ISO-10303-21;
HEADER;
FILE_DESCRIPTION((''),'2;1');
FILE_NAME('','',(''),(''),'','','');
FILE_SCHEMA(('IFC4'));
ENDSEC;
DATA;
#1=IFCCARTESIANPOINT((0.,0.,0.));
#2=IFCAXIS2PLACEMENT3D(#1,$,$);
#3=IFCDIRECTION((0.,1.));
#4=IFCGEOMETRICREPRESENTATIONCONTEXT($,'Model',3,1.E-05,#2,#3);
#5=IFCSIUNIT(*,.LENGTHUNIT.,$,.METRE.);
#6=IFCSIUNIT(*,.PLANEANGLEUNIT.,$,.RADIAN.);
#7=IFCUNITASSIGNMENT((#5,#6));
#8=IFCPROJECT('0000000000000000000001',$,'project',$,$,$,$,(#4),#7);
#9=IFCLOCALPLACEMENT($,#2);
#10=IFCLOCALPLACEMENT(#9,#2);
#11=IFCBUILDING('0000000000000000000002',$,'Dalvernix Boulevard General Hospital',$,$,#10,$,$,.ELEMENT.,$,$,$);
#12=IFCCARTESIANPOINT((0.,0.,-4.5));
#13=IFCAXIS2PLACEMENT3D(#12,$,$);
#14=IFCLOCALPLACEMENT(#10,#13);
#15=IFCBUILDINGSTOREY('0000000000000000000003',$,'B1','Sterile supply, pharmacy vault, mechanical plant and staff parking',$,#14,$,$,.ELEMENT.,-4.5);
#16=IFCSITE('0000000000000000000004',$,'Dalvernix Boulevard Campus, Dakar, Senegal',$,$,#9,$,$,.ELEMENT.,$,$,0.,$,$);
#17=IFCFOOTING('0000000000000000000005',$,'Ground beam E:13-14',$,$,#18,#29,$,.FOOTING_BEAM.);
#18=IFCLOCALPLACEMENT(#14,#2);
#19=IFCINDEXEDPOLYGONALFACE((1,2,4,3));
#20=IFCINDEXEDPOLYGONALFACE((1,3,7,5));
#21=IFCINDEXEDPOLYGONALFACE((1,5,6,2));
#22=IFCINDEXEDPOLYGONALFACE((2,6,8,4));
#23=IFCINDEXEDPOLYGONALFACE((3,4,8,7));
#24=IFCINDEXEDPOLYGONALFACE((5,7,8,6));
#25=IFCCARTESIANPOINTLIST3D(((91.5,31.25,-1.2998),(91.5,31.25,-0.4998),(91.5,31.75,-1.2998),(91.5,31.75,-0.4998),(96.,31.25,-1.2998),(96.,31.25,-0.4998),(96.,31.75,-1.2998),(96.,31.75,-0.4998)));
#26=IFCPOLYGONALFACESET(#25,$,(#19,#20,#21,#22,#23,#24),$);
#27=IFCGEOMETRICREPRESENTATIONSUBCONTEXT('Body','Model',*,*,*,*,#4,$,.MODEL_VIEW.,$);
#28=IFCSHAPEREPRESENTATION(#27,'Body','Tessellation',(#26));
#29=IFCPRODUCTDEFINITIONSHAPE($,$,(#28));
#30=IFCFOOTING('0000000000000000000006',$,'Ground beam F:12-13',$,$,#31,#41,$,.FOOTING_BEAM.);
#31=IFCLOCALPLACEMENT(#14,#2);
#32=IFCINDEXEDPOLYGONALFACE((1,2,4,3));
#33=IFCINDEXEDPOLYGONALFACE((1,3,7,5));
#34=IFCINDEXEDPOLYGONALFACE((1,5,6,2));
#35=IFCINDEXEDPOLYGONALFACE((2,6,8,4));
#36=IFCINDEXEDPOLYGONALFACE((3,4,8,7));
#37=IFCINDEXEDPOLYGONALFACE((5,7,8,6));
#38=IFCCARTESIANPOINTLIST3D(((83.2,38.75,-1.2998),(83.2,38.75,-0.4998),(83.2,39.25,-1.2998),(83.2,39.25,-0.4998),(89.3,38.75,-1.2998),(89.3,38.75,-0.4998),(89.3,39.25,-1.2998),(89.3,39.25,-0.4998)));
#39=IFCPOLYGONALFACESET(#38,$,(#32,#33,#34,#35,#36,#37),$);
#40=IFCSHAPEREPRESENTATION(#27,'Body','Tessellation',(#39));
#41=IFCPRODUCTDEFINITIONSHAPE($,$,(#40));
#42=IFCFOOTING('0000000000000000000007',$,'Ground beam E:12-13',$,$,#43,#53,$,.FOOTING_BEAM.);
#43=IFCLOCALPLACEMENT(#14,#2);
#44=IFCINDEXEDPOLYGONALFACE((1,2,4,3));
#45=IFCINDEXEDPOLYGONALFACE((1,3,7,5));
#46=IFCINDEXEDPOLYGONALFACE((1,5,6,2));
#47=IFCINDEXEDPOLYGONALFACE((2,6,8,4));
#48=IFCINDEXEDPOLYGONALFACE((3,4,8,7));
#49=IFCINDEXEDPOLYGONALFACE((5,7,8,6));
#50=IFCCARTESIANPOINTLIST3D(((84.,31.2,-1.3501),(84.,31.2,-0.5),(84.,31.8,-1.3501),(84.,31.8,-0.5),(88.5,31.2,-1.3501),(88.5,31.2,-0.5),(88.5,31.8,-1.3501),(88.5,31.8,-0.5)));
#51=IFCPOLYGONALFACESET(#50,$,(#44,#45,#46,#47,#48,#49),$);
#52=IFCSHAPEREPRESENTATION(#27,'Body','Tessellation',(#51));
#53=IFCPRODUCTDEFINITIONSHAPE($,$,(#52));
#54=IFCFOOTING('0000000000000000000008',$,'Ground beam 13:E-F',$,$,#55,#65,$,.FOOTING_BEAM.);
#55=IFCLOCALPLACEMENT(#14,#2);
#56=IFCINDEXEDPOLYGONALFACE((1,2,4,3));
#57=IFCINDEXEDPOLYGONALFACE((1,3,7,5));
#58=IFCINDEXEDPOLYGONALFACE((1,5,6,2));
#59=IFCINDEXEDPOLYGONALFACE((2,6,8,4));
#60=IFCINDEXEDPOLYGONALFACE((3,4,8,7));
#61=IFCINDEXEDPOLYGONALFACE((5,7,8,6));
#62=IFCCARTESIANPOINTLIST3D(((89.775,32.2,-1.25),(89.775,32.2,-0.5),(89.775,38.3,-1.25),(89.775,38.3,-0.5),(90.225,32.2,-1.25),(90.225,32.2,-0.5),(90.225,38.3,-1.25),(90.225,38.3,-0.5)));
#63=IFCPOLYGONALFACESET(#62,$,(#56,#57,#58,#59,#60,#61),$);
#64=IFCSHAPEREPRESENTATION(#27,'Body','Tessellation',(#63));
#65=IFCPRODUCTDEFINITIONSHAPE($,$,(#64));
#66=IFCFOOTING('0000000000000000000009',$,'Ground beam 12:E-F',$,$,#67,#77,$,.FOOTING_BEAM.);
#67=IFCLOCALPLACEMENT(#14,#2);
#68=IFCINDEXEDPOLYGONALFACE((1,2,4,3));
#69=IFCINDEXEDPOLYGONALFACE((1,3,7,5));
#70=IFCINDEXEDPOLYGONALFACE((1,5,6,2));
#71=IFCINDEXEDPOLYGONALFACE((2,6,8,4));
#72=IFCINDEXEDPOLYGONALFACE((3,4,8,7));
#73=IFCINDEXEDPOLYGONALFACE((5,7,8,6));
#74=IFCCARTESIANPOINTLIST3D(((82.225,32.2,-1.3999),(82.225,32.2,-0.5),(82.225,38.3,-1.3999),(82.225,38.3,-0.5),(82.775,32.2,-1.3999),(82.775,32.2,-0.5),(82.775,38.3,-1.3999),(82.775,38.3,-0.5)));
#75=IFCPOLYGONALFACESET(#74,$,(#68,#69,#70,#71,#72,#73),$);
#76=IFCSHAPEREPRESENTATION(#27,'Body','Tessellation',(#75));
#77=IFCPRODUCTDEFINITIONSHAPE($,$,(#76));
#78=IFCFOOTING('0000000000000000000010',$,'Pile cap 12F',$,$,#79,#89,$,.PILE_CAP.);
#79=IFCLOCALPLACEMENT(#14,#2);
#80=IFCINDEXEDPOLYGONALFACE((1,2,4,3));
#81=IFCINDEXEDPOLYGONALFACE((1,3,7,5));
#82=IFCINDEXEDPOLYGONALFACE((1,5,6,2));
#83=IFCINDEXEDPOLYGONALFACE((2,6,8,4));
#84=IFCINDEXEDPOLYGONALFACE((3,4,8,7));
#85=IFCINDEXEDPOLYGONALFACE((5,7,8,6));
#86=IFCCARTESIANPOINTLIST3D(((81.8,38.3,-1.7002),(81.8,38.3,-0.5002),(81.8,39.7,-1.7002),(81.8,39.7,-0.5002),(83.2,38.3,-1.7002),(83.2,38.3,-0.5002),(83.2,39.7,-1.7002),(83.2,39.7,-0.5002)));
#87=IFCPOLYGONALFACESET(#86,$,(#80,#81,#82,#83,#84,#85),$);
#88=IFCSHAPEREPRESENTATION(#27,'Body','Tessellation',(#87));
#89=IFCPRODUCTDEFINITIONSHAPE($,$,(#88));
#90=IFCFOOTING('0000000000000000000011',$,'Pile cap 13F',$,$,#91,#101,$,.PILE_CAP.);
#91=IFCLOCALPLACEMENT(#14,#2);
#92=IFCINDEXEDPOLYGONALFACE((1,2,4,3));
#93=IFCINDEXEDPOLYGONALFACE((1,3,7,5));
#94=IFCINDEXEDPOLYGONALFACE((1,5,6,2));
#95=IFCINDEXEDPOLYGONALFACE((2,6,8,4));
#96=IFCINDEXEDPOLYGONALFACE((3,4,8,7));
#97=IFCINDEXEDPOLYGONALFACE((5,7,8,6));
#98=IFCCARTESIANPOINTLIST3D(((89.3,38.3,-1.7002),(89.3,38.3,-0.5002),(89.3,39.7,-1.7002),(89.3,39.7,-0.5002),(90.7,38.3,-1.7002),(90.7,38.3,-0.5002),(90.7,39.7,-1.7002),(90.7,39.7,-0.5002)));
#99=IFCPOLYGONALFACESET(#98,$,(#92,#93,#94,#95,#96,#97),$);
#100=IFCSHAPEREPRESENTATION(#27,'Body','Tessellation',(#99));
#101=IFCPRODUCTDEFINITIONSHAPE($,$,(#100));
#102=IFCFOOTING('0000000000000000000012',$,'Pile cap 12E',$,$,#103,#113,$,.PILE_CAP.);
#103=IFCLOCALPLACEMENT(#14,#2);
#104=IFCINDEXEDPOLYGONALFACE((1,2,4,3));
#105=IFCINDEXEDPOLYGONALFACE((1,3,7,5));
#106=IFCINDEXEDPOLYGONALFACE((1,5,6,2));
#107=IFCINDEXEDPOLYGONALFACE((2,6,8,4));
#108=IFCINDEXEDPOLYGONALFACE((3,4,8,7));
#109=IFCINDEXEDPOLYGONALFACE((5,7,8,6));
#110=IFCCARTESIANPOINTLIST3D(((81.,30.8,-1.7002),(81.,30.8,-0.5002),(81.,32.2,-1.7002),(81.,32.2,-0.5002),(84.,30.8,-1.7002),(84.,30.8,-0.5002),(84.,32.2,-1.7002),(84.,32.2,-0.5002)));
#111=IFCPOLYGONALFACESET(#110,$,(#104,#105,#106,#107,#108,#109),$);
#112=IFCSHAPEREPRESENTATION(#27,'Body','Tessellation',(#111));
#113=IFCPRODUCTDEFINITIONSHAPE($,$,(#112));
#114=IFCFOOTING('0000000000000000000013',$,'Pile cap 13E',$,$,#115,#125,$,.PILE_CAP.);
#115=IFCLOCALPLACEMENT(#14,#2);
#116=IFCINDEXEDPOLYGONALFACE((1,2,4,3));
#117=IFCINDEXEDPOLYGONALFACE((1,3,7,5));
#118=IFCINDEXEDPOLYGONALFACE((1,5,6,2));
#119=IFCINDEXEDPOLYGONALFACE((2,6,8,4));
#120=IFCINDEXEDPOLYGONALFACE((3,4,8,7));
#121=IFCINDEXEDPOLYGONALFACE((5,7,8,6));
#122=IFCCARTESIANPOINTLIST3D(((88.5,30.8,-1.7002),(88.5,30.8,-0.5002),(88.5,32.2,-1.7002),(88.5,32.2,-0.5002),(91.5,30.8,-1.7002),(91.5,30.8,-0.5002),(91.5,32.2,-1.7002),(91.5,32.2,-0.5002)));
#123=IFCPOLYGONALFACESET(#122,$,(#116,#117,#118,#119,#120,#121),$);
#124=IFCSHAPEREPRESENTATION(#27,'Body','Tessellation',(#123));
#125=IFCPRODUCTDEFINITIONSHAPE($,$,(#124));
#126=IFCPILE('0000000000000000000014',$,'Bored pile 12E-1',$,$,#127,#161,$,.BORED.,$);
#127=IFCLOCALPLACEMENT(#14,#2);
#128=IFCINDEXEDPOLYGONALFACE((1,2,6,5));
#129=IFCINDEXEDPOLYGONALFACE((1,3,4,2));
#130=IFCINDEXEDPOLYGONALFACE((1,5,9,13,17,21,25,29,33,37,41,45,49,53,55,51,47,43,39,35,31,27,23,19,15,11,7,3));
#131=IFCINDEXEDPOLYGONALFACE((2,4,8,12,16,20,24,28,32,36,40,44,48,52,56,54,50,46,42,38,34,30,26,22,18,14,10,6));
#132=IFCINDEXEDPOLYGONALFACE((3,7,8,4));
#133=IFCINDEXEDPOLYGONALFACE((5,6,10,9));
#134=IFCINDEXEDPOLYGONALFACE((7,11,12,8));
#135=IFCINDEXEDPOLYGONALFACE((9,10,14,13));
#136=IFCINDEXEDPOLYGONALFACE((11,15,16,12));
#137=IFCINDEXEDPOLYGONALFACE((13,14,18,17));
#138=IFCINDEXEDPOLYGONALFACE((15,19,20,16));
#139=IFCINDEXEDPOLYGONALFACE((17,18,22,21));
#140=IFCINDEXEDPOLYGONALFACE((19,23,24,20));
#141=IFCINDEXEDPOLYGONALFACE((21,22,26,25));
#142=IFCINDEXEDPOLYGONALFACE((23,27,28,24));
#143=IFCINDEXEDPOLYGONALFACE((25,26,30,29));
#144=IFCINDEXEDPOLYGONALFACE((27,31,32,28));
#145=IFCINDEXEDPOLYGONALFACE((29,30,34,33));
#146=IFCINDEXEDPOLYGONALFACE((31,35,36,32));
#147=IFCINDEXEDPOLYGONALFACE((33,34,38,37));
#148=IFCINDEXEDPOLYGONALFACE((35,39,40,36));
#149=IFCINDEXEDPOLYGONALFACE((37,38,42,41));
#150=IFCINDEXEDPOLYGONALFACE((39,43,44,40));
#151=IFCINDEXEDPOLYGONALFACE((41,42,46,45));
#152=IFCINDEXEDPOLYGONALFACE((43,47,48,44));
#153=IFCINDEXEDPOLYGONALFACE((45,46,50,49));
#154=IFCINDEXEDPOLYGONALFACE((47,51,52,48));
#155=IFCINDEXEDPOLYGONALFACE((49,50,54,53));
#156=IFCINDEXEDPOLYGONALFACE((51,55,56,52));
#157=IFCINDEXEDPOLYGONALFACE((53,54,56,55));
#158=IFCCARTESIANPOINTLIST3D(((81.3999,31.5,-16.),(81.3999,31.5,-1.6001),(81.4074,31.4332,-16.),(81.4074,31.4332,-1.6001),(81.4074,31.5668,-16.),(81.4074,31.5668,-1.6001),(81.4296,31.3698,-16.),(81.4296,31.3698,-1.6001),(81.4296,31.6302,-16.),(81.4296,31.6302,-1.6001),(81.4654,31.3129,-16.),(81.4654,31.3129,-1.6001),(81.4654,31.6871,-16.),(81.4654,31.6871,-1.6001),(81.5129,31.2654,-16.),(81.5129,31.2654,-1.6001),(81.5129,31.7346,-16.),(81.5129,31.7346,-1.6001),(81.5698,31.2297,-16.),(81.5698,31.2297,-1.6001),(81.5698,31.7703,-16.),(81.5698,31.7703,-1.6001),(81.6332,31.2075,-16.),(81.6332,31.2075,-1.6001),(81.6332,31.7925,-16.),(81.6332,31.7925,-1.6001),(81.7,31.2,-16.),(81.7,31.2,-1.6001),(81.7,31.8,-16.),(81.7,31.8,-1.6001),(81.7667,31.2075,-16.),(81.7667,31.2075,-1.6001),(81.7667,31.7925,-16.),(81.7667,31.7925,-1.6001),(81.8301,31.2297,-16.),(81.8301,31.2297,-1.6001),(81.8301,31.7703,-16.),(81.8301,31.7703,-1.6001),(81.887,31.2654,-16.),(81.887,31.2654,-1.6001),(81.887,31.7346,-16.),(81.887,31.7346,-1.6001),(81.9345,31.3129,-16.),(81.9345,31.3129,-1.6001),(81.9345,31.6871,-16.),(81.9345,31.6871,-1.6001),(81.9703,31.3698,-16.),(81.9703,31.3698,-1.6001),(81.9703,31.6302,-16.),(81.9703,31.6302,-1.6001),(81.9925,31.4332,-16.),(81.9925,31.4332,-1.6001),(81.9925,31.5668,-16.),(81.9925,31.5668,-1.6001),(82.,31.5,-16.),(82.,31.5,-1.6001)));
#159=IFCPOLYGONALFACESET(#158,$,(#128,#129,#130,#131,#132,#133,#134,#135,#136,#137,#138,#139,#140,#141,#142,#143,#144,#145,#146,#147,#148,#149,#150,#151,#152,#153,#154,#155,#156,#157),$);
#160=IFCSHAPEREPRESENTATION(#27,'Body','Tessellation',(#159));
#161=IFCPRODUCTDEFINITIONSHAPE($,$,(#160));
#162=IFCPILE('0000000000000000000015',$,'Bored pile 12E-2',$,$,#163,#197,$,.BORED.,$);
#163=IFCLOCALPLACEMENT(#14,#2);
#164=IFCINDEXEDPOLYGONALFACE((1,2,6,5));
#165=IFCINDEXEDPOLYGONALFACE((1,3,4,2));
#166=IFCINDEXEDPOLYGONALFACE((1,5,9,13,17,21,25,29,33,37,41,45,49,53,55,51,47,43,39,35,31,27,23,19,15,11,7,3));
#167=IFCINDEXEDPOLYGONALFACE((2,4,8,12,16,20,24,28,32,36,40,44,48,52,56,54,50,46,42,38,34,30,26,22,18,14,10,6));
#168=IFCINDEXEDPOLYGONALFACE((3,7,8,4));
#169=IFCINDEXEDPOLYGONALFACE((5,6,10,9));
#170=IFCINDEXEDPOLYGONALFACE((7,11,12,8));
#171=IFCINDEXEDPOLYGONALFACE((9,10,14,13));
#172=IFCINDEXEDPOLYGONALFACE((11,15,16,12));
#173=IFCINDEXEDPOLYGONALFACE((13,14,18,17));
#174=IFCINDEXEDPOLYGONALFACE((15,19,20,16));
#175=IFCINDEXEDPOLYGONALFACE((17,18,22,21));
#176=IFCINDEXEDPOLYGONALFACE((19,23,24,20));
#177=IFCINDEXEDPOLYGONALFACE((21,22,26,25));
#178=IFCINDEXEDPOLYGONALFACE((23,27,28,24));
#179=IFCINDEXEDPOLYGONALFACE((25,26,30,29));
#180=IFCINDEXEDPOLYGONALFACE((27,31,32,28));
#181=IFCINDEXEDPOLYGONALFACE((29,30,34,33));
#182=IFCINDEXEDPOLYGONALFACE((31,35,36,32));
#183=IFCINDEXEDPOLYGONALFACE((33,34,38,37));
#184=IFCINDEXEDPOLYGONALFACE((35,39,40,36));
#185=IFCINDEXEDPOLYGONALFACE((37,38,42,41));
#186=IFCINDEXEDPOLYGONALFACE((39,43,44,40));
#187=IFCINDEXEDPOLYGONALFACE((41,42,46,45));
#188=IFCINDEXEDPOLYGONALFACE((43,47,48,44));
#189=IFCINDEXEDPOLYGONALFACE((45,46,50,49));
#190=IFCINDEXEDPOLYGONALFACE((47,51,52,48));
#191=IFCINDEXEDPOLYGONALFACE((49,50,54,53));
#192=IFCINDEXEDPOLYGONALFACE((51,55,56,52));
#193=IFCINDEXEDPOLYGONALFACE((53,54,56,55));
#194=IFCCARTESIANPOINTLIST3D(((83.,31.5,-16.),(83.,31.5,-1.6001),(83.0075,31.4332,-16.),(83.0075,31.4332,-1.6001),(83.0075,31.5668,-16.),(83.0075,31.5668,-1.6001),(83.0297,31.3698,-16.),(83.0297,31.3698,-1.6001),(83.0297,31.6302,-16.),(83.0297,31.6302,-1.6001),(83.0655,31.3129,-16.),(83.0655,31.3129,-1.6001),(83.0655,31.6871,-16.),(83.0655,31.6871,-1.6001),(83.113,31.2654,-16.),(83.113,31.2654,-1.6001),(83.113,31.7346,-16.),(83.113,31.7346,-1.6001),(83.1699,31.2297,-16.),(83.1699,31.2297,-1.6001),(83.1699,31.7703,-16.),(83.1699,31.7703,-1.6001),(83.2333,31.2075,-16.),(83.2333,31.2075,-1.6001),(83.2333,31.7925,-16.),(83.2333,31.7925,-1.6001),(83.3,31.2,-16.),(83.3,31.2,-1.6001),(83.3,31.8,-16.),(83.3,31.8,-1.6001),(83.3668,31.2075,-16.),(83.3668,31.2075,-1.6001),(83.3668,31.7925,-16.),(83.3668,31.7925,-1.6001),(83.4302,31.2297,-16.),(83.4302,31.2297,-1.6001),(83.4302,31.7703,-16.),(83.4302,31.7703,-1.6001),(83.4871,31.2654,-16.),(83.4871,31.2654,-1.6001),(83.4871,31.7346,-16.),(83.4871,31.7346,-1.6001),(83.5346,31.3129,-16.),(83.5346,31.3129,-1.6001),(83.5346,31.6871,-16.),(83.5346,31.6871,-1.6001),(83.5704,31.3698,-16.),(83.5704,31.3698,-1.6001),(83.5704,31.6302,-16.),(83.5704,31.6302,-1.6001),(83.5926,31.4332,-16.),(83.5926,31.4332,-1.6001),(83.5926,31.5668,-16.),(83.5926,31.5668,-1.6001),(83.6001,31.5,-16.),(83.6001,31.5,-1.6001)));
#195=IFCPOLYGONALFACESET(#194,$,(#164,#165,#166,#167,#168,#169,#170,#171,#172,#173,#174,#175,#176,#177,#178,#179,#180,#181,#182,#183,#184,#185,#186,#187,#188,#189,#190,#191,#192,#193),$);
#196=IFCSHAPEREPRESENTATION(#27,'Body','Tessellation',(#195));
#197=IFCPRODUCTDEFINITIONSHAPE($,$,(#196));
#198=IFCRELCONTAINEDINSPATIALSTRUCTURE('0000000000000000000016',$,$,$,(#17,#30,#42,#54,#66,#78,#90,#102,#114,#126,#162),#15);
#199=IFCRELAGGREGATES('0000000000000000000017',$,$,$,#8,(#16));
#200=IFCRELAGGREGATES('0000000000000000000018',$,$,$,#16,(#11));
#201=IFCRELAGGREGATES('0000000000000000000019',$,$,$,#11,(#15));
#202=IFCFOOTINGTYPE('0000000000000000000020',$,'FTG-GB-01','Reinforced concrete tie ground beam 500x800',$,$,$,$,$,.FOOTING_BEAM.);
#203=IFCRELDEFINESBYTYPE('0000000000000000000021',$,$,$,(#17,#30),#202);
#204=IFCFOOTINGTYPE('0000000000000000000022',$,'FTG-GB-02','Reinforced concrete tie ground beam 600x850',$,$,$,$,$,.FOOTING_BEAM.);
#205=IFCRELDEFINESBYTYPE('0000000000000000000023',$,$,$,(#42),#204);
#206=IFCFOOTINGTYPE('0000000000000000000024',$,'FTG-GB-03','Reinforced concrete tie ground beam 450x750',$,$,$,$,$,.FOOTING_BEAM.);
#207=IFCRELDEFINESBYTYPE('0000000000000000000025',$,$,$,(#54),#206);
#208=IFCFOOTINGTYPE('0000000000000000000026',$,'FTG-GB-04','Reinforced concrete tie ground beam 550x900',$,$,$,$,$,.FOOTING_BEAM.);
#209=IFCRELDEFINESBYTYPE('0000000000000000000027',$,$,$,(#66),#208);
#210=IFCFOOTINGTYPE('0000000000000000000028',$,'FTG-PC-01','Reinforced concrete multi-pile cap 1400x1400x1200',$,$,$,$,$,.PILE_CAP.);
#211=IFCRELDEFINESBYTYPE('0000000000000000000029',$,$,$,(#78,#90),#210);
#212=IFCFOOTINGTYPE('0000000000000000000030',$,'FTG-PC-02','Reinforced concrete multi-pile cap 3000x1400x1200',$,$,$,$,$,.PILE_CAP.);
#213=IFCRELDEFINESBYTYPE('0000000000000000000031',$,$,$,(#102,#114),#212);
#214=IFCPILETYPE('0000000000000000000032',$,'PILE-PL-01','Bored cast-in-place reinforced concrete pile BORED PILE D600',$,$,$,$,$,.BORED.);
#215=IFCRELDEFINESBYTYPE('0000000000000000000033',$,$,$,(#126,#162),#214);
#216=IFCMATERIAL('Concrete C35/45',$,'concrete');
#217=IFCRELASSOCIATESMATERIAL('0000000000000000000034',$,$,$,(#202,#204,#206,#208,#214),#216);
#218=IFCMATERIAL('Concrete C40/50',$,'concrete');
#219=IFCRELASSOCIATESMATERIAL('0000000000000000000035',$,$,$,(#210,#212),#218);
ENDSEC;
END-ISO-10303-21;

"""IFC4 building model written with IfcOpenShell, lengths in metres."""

from ifc_helpers import new_model, si_unit, direction, frame, origin, origin_2d, place, context, subcontext, project, spatial, rectangle, circle, extrude, material, material_profile, profile_set, type_object, element, save


model = new_model("IFC4")

# Units and contexts
model_context = context("Model", 3, precision=1e-05, world=origin(), true_north=direction((0.0, 1.0)))
body_context = subcontext(model_context, "Body", "Model", "MODEL_VIEW")
ifc_project = project(units=[si_unit("LENGTHUNIT", "METRE"), si_unit("PLANEANGLEUNIT", "RADIAN")], contexts=[model_context])

# Site, building, storey
site_placement = place(None, origin())
site = spatial("IfcSite", under=ifc_project, at=site_placement, Name="Dalvernix Boulevard Campus, Dakar, Senegal", CompositionType="ELEMENT", RefElevation=0.0)
building_placement = place(site_placement, origin())
building = spatial("IfcBuilding", under=site, at=building_placement, Name="Dalvernix Boulevard General Hospital", CompositionType="ELEMENT")
storey_placement = place(building_placement, frame((0.0, 0.0, -4.5)))
storey = spatial("IfcBuildingStorey", under=building, at=storey_placement, Name="B1", Description="Sterile supply, pharmacy vault, mechanical plant and staff parking", CompositionType="ELEMENT", Elevation=-4.5)

# Footings
ifc_material_1 = material(Name="Concrete C35/45", Category="concrete")
footing_type_1 = type_object("IfcFootingType", Name="FTG-GB-01", Description="Reinforced concrete tie ground beam 500x800", PredefinedType="FOOTING_BEAM", material=ifc_material_1)
footing_1_placement = place(storey_placement, frame((93.75, 31.5, -1.2998), z_axis=(0.0, 0.0, 1.0), x_axis=(1.0, 0.0, 0.0)))
element("IfcFooting", 1, at=footing_1_placement, inside=storey, type_object=footing_type_1, Name="Ground beam E:13-14", PredefinedType="FOOTING_BEAM", context=body_context, shape_type="SweptSolid", body=[
    extrude(rectangle(XDim=4.5, YDim=0.5, at=origin_2d()), origin(), (0.0, 0.0, 1.0), 0.8),
])
footing_2_placement = place(storey_placement, frame((86.25, 39.0, -1.2998), z_axis=(0.0, 0.0, 1.0), x_axis=(1.0, 0.0, 0.0)))
element("IfcFooting", 2, at=footing_2_placement, inside=storey, type_object=footing_type_1, Name="Ground beam F:12-13", PredefinedType="FOOTING_BEAM", context=body_context, shape_type="SweptSolid", body=[
    extrude(rectangle(XDim=6.1001, YDim=0.5, at=origin_2d()), origin(), (0.0, 0.0, 1.0), 0.8),
])
footing_type_2 = type_object("IfcFootingType", Name="FTG-GB-02", Description="Reinforced concrete tie ground beam 600x850", PredefinedType="FOOTING_BEAM", material=ifc_material_1)
footing_3_placement = place(storey_placement, frame((86.25, 31.5, -1.3501), z_axis=(0.0, 0.0, 1.0), x_axis=(1.0, 0.0, 0.0)))
element("IfcFooting", 3, at=footing_3_placement, inside=storey, type_object=footing_type_2, Name="Ground beam E:12-13", PredefinedType="FOOTING_BEAM", context=body_context, shape_type="SweptSolid", body=[
    extrude(rectangle(XDim=4.5, YDim=0.6001, at=origin_2d()), origin(), (0.0, 0.0, 1.0), 0.8501),
])
footing_type_3 = type_object("IfcFootingType", Name="FTG-GB-03", Description="Reinforced concrete tie ground beam 450x750", PredefinedType="FOOTING_BEAM", material=ifc_material_1)
footing_4_placement = place(storey_placement, frame((90.0, 35.25, -1.25), z_axis=(0.0, 0.0, 1.0), x_axis=(0.0, 1.0, 0.0)))
element("IfcFooting", 4, at=footing_4_placement, inside=storey, type_object=footing_type_3, Name="Ground beam 13:E-F", PredefinedType="FOOTING_BEAM", context=body_context, shape_type="SweptSolid", body=[
    extrude(rectangle(XDim=6.1001, YDim=0.45, at=origin_2d()), origin(), (0.0, 0.0, 1.0), 0.75),
])
footing_type_4 = type_object("IfcFootingType", Name="FTG-GB-04", Description="Reinforced concrete tie ground beam 550x900", PredefinedType="FOOTING_BEAM", material=ifc_material_1)
footing_5_placement = place(storey_placement, frame((82.5, 35.25, -1.3999), z_axis=(0.0, 0.0, 1.0), x_axis=(0.0, 1.0, 0.0)))
element("IfcFooting", 5, at=footing_5_placement, inside=storey, type_object=footing_type_4, Name="Ground beam 12:E-F", PredefinedType="FOOTING_BEAM", context=body_context, shape_type="SweptSolid", body=[
    extrude(rectangle(XDim=6.1001, YDim=0.55, at=origin_2d()), origin(), (0.0, 0.0, 1.0), 0.8999),
])
ifc_material_2 = material(Name="Concrete C40/50", Category="concrete")
footing_type_5 = type_object("IfcFootingType", Name="FTG-PC-01", Description="Reinforced concrete multi-pile cap 1400x1400x1200", PredefinedType="PILE_CAP", material=ifc_material_2)
for number, where, z_axis, x_axis, name in (
    (6, (82.5, 39.0, -1.7002), (0.0, 0.0, 1.0), (1.0, 0.0, 0.0), "Pile cap 12F"),
    (7, (90.0, 39.0, -1.7002), (0.0, 0.0, 1.0), (1.0, 0.0, 0.0), "Pile cap 13F"),
):
    element("IfcFooting", number, at=place(storey_placement, frame(where, z_axis=z_axis, x_axis=x_axis)), inside=storey, type_object=footing_type_5, Name=name, PredefinedType="PILE_CAP", context=body_context, shape_type="SweptSolid", body=[
        extrude(rectangle(XDim=1.3999, YDim=1.3999, at=origin_2d()), origin(), (0.0, 0.0, 1.0), 1.2),
    ])
footing_type_6 = type_object("IfcFootingType", Name="FTG-PC-02", Description="Reinforced concrete multi-pile cap 3000x1400x1200", PredefinedType="PILE_CAP", material=ifc_material_2)
for number, where, z_axis, x_axis, name in (
    (8, (82.5, 31.5, -1.7002), (0.0, 0.0, 1.0), (1.0, 0.0, 0.0), "Pile cap 12E"),
    (9, (90.0, 31.5, -1.7002), (0.0, 0.0, 1.0), (1.0, 0.0, 0.0), "Pile cap 13E"),
):
    element("IfcFooting", number, at=place(storey_placement, frame(where, z_axis=z_axis, x_axis=x_axis)), inside=storey, type_object=footing_type_6, Name=name, PredefinedType="PILE_CAP", context=body_context, shape_type="SweptSolid", body=[
        extrude(rectangle(XDim=3.0, YDim=1.3999, at=origin_2d()), origin(), (0.0, 0.0, 1.0), 1.2),
    ])

# Piles
ifc_material_profile_1 = material_profile(ifc_material_1, circle(Radius=0.3, at=origin_2d()), Name="BORED PILE D600")
ifc_profile_set_1 = profile_set([ifc_material_profile_1], Name="Concrete C35/45")
pile_type = type_object("IfcPileType", Name="PILE-PL-01", Description="Bored cast-in-place reinforced concrete pile BORED PILE D600", PredefinedType="BORED", material=ifc_profile_set_1)
for number, where, z_axis, x_axis, name in (
    (10, (81.7, 31.5, -1.6001), (0.0, 0.0, -1.0), (1.0, 0.0, 0.0), "Bored pile 12E-1"),
    (11, (83.3, 31.5, -1.6001), (0.0, 0.0, -1.0), (1.0, 0.0, 0.0), "Bored pile 12E-2"),
):
    element("IfcPile", number, at=place(storey_placement, frame(where, z_axis=z_axis, x_axis=x_axis)), inside=storey, type_object=pile_type, Name=name, PredefinedType="BORED", context=body_context, shape_type="SweptSolid", body=[
        extrude(circle(Radius=0.3, at=origin_2d()), origin(), (0.0, 0.0, 1.0), 14.3999),
    ])

save(model, "model.ifc")
